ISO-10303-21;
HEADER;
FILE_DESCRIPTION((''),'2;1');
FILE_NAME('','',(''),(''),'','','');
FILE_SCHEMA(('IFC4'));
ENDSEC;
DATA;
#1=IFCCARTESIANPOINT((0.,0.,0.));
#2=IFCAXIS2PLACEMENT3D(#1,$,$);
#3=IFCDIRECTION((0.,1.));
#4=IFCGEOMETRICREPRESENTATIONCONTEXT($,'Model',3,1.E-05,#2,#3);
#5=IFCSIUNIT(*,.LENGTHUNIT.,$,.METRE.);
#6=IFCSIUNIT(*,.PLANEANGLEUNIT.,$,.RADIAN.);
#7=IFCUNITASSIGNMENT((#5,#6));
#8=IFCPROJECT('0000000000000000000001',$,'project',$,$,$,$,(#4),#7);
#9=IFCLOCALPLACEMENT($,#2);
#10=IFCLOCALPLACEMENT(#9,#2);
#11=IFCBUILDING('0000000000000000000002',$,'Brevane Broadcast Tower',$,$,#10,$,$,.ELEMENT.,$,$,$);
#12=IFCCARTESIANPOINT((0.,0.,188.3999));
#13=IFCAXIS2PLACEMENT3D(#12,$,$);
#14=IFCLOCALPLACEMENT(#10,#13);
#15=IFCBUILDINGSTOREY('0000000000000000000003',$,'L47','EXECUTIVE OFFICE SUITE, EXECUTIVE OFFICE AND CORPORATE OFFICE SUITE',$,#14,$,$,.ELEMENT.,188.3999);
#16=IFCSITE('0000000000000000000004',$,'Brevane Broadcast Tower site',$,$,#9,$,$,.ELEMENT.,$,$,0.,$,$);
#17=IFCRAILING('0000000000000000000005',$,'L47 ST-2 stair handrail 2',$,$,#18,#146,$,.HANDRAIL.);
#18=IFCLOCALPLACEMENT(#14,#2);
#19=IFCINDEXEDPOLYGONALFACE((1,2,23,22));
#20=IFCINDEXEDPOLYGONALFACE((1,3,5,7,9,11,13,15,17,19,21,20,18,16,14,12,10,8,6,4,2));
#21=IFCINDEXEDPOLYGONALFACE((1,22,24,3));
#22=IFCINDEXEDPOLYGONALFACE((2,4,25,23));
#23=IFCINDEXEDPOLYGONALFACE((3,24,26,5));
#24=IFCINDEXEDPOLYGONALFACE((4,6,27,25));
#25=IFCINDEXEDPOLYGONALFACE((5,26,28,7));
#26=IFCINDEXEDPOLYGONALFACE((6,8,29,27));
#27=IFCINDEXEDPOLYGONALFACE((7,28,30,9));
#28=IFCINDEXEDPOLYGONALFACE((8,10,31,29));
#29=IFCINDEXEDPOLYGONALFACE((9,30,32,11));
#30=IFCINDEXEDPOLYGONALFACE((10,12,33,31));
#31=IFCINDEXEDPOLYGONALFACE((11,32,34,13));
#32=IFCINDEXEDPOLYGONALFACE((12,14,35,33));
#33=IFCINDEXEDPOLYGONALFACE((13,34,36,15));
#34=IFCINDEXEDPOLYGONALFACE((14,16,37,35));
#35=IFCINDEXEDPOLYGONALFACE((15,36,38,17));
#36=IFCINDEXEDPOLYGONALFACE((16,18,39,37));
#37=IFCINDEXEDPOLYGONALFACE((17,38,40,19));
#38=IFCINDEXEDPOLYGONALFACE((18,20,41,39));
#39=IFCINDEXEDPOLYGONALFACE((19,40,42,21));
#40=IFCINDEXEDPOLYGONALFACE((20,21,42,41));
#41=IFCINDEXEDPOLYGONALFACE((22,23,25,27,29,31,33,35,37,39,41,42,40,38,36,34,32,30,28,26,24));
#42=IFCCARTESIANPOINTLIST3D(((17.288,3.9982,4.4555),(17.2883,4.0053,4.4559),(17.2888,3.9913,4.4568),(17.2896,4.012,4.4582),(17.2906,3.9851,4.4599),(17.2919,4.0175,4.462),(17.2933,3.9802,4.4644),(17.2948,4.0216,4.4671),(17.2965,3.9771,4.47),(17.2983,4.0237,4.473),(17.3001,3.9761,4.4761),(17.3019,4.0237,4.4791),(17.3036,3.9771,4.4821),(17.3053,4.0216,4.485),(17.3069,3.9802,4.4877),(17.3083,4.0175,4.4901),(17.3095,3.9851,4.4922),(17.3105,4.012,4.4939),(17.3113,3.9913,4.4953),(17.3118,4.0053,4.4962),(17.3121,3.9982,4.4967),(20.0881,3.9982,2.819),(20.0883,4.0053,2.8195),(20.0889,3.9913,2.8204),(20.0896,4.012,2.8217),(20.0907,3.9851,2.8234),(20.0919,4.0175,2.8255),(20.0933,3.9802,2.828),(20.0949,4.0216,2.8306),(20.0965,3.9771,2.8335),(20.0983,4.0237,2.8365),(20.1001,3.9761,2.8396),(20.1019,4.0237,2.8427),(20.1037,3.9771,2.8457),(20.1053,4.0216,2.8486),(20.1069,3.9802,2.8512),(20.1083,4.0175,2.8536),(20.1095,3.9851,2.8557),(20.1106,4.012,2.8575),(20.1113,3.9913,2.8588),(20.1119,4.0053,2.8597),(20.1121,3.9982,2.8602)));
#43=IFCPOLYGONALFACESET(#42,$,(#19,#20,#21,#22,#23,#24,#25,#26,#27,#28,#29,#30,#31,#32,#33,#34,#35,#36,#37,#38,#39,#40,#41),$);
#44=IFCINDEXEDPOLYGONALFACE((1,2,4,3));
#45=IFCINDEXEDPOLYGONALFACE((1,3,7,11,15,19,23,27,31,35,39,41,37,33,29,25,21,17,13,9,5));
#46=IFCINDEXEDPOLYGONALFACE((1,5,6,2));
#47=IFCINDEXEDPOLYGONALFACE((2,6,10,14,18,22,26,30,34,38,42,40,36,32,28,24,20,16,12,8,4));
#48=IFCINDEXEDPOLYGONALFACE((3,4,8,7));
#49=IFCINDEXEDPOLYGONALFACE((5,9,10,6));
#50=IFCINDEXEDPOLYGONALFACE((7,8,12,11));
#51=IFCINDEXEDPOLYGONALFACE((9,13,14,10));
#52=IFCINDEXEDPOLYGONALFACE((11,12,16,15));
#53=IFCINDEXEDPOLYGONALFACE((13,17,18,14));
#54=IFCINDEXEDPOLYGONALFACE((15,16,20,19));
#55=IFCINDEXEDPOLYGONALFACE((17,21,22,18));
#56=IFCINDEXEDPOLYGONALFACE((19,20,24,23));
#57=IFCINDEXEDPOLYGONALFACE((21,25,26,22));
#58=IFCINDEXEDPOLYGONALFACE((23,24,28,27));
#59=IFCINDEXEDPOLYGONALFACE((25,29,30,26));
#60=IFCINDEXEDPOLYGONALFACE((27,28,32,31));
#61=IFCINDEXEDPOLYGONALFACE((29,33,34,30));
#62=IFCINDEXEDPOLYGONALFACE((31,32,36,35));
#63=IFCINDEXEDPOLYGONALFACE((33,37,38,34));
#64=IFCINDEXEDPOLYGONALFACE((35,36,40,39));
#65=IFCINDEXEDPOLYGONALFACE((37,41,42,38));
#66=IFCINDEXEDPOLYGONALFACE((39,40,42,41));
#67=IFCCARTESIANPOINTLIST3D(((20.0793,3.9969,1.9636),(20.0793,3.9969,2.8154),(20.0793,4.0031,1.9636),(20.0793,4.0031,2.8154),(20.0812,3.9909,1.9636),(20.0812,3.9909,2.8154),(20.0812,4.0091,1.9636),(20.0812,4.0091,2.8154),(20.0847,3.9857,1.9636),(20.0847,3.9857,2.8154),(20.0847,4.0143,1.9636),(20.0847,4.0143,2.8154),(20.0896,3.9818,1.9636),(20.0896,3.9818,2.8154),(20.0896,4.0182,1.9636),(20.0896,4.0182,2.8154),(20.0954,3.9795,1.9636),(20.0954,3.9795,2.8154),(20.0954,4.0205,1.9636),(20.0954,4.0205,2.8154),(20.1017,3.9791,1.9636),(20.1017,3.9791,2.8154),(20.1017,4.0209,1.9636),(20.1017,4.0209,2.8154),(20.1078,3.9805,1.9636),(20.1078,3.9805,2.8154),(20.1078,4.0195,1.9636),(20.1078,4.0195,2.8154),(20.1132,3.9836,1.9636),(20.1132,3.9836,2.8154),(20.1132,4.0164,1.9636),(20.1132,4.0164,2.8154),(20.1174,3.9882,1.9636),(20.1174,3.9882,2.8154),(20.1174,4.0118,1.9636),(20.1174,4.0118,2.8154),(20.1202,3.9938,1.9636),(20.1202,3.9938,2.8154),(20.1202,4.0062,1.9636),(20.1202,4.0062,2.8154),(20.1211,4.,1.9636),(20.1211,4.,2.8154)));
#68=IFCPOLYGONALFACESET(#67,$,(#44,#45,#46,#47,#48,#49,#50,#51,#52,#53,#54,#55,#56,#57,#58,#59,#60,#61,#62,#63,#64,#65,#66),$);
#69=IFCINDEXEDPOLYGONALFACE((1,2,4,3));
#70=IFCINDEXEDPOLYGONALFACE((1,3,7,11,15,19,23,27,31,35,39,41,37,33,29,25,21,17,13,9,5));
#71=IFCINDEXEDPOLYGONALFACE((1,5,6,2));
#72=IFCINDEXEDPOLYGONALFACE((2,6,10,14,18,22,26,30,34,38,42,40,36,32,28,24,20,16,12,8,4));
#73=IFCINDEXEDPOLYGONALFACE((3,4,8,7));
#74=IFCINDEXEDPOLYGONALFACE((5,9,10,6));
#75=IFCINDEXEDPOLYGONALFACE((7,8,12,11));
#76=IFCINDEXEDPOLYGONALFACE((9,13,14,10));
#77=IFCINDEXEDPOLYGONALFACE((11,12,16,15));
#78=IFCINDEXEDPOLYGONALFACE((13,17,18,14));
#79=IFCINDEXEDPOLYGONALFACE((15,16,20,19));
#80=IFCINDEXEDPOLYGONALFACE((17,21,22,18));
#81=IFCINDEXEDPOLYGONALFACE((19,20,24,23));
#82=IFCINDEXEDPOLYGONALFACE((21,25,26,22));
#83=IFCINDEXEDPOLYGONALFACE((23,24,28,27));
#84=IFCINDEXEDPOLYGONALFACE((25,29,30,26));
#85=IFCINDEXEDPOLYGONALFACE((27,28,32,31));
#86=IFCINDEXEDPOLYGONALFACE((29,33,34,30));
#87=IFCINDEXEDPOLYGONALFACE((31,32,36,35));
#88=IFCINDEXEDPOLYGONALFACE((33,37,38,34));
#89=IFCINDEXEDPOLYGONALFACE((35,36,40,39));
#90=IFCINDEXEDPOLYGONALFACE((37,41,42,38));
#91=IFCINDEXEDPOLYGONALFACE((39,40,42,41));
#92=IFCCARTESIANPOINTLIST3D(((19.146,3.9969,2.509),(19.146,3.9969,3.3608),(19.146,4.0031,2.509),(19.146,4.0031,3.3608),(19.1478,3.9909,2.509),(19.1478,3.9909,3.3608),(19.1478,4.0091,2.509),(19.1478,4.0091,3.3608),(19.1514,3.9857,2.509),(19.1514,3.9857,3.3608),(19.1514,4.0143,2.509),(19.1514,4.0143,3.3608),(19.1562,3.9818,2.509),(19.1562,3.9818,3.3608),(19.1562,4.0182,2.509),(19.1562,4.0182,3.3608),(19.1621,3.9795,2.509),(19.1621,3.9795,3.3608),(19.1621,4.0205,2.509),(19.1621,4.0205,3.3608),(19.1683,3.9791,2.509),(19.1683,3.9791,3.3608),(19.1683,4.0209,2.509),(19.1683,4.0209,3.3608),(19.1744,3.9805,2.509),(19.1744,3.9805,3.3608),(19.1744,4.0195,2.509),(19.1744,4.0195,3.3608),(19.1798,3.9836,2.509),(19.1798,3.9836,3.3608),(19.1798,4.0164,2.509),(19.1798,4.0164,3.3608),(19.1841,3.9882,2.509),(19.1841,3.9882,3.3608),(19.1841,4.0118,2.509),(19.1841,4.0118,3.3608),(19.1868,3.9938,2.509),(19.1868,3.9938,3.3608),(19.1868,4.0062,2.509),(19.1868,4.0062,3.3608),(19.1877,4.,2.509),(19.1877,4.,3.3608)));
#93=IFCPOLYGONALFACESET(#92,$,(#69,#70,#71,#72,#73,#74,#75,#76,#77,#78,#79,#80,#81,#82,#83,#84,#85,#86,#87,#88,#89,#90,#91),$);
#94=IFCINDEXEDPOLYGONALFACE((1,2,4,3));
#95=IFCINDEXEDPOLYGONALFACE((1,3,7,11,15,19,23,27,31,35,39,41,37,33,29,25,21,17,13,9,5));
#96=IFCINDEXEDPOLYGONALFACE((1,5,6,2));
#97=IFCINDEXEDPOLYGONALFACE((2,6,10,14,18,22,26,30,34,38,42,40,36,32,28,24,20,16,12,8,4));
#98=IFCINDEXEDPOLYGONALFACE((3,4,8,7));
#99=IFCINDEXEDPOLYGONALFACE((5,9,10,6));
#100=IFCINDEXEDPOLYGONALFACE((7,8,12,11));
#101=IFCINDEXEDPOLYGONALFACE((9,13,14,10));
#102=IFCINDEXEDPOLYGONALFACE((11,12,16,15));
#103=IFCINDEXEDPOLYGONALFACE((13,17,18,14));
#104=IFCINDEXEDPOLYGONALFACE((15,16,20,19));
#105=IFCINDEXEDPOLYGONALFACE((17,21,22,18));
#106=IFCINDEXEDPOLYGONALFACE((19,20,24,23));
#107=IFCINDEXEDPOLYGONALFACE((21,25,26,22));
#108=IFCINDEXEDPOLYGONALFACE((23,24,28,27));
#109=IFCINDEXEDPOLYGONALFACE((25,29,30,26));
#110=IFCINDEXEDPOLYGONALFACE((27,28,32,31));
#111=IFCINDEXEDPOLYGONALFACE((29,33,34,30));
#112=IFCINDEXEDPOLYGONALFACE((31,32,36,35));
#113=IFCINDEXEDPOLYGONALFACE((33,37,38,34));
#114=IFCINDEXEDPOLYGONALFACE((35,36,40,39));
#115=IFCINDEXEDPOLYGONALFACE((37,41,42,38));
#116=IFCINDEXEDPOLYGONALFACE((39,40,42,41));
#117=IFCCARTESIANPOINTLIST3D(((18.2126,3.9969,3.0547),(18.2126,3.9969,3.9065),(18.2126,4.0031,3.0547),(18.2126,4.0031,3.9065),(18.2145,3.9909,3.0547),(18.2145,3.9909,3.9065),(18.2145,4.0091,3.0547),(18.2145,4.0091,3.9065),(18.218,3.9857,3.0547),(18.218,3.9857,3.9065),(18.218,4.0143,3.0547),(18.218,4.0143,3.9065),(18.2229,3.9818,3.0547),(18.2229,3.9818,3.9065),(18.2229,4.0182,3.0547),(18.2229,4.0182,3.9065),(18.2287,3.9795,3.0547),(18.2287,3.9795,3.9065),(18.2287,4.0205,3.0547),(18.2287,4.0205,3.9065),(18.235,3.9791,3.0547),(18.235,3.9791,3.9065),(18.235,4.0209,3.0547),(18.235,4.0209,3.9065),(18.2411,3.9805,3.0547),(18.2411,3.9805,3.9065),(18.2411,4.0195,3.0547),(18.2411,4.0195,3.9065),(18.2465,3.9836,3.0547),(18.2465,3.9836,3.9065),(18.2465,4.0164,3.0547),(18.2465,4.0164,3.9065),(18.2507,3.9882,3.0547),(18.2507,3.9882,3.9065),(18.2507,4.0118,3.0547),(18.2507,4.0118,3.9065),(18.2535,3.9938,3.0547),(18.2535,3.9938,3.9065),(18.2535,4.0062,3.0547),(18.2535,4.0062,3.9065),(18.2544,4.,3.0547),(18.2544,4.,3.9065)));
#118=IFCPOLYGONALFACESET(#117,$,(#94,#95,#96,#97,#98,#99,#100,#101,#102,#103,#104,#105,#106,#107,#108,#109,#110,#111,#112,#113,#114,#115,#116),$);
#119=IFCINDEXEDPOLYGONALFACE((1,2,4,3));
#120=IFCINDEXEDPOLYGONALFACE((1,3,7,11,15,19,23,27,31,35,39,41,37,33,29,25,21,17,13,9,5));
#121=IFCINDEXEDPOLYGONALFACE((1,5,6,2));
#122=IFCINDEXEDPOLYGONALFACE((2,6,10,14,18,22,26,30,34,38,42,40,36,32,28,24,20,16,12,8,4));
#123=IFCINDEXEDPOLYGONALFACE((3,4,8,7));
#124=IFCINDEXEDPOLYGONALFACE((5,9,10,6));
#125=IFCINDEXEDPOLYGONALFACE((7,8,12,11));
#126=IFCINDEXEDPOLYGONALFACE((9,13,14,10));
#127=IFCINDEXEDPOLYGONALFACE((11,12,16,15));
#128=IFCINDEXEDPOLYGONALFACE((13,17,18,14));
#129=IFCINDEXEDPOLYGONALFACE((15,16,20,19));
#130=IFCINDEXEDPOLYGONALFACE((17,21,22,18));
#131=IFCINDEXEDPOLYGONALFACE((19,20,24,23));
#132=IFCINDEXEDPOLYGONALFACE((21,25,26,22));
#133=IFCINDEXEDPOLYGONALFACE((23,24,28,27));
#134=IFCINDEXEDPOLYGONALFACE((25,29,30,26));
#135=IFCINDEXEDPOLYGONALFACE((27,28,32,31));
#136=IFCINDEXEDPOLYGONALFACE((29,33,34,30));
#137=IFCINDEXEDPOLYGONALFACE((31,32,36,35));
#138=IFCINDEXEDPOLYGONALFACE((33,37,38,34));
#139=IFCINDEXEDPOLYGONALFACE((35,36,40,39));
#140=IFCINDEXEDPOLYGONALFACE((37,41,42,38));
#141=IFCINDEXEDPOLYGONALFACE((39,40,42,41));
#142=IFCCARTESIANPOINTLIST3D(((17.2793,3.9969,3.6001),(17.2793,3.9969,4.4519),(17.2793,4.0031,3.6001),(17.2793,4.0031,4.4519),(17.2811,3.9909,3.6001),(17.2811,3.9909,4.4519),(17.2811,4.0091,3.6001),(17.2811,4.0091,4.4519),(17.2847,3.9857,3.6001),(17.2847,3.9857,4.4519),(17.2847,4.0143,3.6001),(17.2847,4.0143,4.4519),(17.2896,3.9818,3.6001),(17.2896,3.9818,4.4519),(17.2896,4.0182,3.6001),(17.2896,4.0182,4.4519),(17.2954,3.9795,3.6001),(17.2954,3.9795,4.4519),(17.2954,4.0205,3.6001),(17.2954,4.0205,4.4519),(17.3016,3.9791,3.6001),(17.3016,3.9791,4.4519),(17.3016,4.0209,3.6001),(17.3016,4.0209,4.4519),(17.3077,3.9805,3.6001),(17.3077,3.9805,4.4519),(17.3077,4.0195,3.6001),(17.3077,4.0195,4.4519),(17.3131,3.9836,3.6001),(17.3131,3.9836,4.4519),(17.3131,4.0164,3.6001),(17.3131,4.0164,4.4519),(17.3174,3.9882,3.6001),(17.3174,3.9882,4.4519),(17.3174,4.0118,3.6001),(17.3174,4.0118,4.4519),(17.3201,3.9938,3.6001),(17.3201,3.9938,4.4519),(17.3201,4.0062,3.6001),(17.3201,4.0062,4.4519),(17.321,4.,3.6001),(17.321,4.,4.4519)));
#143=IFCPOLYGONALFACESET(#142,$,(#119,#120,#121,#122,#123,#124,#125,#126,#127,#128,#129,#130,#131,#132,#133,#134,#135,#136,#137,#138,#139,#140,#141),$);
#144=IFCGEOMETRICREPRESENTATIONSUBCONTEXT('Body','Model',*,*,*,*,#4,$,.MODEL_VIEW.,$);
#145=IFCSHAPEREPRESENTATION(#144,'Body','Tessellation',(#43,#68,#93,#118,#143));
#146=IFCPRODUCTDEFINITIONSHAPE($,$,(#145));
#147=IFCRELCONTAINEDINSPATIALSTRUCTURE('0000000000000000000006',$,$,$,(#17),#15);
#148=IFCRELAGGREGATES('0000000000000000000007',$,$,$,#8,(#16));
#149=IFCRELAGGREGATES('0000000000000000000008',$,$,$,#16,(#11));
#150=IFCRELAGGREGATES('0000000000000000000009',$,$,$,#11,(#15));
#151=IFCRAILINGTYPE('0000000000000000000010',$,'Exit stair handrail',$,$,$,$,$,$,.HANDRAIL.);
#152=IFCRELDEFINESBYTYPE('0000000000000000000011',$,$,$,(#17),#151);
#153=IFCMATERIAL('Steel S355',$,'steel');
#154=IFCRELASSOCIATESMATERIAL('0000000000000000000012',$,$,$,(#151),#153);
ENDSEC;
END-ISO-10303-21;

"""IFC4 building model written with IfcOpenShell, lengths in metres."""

from ifc_helpers import new_model, si_unit, direction, frame, origin, origin_2d, place, context, subcontext, project, spatial, circle, extrude, material, type_object, element, save


model = new_model("IFC4")

# Units and contexts
model_context = context("Model", 3, precision=1e-05, world=origin(), true_north=direction((0.0, 1.0)))
body_context = subcontext(model_context, "Body", "Model", "MODEL_VIEW")
ifc_project = project(units=[si_unit("LENGTHUNIT", "METRE"), si_unit("PLANEANGLEUNIT", "RADIAN")], contexts=[model_context])

# Site, building, storey
site_placement = place(None, origin())
site = spatial("IfcSite", under=ifc_project, at=site_placement, Name="Brevane Broadcast Tower site", CompositionType="ELEMENT", RefElevation=0.0)
building_placement = place(site_placement, origin())
building = spatial("IfcBuilding", under=site, at=building_placement, Name="Brevane Broadcast Tower", CompositionType="ELEMENT")
storey_placement = place(building_placement, frame((0.0, 0.0, 188.3999)))
storey = spatial("IfcBuildingStorey", under=building, at=storey_placement, Name="L47", Description="EXECUTIVE OFFICE SUITE, EXECUTIVE OFFICE AND CORPORATE OFFICE SUITE", CompositionType="ELEMENT", Elevation=188.3999)

# Railing
ifc_material_1 = material(Name="Steel S355", Category="steel")
railing_type_1 = type_object("IfcRailingType", Name="Exit stair handrail", PredefinedType="HANDRAIL", material=ifc_material_1)
railing_1_placement = place(storey_placement, frame((20.1001, 4.0, 1.9636)))
element("IfcRailing", 1, at=railing_1_placement, inside=storey, type_object=railing_type_1, Name="L47 ST-2 stair handrail 2", PredefinedType="HANDRAIL", context=body_context, shape_type="SweptSolid", body=[
    extrude(circle(Radius=0.0239, at=origin_2d()), frame((0.0, 0.0, 0.876), z_axis=(-0.863361, 0.0, 0.504587), x_axis=(0.0, -1.0, 0.0)), (0.0, 0.0, 1.0), 3.2432),
    extrude(circle(Radius=0.021, at=origin_2d()), origin(), (0.0, 0.0, 1.0), 0.8518),
    extrude(circle(Radius=0.021, at=origin_2d()), frame((-0.9333, 0.0, 0.5454)), (0.0, 0.0, 1.0), 0.8518),
    extrude(circle(Radius=0.021, at=origin_2d()), frame((-1.8667, 0.0, 1.0911)), (0.0, 0.0, 1.0), 0.8518),
    extrude(circle(Radius=0.021, at=origin_2d()), frame((-2.8, 0.0, 1.6365)), (0.0, 0.0, 1.0), 0.8518),
])

save(model, "model.ifc")
